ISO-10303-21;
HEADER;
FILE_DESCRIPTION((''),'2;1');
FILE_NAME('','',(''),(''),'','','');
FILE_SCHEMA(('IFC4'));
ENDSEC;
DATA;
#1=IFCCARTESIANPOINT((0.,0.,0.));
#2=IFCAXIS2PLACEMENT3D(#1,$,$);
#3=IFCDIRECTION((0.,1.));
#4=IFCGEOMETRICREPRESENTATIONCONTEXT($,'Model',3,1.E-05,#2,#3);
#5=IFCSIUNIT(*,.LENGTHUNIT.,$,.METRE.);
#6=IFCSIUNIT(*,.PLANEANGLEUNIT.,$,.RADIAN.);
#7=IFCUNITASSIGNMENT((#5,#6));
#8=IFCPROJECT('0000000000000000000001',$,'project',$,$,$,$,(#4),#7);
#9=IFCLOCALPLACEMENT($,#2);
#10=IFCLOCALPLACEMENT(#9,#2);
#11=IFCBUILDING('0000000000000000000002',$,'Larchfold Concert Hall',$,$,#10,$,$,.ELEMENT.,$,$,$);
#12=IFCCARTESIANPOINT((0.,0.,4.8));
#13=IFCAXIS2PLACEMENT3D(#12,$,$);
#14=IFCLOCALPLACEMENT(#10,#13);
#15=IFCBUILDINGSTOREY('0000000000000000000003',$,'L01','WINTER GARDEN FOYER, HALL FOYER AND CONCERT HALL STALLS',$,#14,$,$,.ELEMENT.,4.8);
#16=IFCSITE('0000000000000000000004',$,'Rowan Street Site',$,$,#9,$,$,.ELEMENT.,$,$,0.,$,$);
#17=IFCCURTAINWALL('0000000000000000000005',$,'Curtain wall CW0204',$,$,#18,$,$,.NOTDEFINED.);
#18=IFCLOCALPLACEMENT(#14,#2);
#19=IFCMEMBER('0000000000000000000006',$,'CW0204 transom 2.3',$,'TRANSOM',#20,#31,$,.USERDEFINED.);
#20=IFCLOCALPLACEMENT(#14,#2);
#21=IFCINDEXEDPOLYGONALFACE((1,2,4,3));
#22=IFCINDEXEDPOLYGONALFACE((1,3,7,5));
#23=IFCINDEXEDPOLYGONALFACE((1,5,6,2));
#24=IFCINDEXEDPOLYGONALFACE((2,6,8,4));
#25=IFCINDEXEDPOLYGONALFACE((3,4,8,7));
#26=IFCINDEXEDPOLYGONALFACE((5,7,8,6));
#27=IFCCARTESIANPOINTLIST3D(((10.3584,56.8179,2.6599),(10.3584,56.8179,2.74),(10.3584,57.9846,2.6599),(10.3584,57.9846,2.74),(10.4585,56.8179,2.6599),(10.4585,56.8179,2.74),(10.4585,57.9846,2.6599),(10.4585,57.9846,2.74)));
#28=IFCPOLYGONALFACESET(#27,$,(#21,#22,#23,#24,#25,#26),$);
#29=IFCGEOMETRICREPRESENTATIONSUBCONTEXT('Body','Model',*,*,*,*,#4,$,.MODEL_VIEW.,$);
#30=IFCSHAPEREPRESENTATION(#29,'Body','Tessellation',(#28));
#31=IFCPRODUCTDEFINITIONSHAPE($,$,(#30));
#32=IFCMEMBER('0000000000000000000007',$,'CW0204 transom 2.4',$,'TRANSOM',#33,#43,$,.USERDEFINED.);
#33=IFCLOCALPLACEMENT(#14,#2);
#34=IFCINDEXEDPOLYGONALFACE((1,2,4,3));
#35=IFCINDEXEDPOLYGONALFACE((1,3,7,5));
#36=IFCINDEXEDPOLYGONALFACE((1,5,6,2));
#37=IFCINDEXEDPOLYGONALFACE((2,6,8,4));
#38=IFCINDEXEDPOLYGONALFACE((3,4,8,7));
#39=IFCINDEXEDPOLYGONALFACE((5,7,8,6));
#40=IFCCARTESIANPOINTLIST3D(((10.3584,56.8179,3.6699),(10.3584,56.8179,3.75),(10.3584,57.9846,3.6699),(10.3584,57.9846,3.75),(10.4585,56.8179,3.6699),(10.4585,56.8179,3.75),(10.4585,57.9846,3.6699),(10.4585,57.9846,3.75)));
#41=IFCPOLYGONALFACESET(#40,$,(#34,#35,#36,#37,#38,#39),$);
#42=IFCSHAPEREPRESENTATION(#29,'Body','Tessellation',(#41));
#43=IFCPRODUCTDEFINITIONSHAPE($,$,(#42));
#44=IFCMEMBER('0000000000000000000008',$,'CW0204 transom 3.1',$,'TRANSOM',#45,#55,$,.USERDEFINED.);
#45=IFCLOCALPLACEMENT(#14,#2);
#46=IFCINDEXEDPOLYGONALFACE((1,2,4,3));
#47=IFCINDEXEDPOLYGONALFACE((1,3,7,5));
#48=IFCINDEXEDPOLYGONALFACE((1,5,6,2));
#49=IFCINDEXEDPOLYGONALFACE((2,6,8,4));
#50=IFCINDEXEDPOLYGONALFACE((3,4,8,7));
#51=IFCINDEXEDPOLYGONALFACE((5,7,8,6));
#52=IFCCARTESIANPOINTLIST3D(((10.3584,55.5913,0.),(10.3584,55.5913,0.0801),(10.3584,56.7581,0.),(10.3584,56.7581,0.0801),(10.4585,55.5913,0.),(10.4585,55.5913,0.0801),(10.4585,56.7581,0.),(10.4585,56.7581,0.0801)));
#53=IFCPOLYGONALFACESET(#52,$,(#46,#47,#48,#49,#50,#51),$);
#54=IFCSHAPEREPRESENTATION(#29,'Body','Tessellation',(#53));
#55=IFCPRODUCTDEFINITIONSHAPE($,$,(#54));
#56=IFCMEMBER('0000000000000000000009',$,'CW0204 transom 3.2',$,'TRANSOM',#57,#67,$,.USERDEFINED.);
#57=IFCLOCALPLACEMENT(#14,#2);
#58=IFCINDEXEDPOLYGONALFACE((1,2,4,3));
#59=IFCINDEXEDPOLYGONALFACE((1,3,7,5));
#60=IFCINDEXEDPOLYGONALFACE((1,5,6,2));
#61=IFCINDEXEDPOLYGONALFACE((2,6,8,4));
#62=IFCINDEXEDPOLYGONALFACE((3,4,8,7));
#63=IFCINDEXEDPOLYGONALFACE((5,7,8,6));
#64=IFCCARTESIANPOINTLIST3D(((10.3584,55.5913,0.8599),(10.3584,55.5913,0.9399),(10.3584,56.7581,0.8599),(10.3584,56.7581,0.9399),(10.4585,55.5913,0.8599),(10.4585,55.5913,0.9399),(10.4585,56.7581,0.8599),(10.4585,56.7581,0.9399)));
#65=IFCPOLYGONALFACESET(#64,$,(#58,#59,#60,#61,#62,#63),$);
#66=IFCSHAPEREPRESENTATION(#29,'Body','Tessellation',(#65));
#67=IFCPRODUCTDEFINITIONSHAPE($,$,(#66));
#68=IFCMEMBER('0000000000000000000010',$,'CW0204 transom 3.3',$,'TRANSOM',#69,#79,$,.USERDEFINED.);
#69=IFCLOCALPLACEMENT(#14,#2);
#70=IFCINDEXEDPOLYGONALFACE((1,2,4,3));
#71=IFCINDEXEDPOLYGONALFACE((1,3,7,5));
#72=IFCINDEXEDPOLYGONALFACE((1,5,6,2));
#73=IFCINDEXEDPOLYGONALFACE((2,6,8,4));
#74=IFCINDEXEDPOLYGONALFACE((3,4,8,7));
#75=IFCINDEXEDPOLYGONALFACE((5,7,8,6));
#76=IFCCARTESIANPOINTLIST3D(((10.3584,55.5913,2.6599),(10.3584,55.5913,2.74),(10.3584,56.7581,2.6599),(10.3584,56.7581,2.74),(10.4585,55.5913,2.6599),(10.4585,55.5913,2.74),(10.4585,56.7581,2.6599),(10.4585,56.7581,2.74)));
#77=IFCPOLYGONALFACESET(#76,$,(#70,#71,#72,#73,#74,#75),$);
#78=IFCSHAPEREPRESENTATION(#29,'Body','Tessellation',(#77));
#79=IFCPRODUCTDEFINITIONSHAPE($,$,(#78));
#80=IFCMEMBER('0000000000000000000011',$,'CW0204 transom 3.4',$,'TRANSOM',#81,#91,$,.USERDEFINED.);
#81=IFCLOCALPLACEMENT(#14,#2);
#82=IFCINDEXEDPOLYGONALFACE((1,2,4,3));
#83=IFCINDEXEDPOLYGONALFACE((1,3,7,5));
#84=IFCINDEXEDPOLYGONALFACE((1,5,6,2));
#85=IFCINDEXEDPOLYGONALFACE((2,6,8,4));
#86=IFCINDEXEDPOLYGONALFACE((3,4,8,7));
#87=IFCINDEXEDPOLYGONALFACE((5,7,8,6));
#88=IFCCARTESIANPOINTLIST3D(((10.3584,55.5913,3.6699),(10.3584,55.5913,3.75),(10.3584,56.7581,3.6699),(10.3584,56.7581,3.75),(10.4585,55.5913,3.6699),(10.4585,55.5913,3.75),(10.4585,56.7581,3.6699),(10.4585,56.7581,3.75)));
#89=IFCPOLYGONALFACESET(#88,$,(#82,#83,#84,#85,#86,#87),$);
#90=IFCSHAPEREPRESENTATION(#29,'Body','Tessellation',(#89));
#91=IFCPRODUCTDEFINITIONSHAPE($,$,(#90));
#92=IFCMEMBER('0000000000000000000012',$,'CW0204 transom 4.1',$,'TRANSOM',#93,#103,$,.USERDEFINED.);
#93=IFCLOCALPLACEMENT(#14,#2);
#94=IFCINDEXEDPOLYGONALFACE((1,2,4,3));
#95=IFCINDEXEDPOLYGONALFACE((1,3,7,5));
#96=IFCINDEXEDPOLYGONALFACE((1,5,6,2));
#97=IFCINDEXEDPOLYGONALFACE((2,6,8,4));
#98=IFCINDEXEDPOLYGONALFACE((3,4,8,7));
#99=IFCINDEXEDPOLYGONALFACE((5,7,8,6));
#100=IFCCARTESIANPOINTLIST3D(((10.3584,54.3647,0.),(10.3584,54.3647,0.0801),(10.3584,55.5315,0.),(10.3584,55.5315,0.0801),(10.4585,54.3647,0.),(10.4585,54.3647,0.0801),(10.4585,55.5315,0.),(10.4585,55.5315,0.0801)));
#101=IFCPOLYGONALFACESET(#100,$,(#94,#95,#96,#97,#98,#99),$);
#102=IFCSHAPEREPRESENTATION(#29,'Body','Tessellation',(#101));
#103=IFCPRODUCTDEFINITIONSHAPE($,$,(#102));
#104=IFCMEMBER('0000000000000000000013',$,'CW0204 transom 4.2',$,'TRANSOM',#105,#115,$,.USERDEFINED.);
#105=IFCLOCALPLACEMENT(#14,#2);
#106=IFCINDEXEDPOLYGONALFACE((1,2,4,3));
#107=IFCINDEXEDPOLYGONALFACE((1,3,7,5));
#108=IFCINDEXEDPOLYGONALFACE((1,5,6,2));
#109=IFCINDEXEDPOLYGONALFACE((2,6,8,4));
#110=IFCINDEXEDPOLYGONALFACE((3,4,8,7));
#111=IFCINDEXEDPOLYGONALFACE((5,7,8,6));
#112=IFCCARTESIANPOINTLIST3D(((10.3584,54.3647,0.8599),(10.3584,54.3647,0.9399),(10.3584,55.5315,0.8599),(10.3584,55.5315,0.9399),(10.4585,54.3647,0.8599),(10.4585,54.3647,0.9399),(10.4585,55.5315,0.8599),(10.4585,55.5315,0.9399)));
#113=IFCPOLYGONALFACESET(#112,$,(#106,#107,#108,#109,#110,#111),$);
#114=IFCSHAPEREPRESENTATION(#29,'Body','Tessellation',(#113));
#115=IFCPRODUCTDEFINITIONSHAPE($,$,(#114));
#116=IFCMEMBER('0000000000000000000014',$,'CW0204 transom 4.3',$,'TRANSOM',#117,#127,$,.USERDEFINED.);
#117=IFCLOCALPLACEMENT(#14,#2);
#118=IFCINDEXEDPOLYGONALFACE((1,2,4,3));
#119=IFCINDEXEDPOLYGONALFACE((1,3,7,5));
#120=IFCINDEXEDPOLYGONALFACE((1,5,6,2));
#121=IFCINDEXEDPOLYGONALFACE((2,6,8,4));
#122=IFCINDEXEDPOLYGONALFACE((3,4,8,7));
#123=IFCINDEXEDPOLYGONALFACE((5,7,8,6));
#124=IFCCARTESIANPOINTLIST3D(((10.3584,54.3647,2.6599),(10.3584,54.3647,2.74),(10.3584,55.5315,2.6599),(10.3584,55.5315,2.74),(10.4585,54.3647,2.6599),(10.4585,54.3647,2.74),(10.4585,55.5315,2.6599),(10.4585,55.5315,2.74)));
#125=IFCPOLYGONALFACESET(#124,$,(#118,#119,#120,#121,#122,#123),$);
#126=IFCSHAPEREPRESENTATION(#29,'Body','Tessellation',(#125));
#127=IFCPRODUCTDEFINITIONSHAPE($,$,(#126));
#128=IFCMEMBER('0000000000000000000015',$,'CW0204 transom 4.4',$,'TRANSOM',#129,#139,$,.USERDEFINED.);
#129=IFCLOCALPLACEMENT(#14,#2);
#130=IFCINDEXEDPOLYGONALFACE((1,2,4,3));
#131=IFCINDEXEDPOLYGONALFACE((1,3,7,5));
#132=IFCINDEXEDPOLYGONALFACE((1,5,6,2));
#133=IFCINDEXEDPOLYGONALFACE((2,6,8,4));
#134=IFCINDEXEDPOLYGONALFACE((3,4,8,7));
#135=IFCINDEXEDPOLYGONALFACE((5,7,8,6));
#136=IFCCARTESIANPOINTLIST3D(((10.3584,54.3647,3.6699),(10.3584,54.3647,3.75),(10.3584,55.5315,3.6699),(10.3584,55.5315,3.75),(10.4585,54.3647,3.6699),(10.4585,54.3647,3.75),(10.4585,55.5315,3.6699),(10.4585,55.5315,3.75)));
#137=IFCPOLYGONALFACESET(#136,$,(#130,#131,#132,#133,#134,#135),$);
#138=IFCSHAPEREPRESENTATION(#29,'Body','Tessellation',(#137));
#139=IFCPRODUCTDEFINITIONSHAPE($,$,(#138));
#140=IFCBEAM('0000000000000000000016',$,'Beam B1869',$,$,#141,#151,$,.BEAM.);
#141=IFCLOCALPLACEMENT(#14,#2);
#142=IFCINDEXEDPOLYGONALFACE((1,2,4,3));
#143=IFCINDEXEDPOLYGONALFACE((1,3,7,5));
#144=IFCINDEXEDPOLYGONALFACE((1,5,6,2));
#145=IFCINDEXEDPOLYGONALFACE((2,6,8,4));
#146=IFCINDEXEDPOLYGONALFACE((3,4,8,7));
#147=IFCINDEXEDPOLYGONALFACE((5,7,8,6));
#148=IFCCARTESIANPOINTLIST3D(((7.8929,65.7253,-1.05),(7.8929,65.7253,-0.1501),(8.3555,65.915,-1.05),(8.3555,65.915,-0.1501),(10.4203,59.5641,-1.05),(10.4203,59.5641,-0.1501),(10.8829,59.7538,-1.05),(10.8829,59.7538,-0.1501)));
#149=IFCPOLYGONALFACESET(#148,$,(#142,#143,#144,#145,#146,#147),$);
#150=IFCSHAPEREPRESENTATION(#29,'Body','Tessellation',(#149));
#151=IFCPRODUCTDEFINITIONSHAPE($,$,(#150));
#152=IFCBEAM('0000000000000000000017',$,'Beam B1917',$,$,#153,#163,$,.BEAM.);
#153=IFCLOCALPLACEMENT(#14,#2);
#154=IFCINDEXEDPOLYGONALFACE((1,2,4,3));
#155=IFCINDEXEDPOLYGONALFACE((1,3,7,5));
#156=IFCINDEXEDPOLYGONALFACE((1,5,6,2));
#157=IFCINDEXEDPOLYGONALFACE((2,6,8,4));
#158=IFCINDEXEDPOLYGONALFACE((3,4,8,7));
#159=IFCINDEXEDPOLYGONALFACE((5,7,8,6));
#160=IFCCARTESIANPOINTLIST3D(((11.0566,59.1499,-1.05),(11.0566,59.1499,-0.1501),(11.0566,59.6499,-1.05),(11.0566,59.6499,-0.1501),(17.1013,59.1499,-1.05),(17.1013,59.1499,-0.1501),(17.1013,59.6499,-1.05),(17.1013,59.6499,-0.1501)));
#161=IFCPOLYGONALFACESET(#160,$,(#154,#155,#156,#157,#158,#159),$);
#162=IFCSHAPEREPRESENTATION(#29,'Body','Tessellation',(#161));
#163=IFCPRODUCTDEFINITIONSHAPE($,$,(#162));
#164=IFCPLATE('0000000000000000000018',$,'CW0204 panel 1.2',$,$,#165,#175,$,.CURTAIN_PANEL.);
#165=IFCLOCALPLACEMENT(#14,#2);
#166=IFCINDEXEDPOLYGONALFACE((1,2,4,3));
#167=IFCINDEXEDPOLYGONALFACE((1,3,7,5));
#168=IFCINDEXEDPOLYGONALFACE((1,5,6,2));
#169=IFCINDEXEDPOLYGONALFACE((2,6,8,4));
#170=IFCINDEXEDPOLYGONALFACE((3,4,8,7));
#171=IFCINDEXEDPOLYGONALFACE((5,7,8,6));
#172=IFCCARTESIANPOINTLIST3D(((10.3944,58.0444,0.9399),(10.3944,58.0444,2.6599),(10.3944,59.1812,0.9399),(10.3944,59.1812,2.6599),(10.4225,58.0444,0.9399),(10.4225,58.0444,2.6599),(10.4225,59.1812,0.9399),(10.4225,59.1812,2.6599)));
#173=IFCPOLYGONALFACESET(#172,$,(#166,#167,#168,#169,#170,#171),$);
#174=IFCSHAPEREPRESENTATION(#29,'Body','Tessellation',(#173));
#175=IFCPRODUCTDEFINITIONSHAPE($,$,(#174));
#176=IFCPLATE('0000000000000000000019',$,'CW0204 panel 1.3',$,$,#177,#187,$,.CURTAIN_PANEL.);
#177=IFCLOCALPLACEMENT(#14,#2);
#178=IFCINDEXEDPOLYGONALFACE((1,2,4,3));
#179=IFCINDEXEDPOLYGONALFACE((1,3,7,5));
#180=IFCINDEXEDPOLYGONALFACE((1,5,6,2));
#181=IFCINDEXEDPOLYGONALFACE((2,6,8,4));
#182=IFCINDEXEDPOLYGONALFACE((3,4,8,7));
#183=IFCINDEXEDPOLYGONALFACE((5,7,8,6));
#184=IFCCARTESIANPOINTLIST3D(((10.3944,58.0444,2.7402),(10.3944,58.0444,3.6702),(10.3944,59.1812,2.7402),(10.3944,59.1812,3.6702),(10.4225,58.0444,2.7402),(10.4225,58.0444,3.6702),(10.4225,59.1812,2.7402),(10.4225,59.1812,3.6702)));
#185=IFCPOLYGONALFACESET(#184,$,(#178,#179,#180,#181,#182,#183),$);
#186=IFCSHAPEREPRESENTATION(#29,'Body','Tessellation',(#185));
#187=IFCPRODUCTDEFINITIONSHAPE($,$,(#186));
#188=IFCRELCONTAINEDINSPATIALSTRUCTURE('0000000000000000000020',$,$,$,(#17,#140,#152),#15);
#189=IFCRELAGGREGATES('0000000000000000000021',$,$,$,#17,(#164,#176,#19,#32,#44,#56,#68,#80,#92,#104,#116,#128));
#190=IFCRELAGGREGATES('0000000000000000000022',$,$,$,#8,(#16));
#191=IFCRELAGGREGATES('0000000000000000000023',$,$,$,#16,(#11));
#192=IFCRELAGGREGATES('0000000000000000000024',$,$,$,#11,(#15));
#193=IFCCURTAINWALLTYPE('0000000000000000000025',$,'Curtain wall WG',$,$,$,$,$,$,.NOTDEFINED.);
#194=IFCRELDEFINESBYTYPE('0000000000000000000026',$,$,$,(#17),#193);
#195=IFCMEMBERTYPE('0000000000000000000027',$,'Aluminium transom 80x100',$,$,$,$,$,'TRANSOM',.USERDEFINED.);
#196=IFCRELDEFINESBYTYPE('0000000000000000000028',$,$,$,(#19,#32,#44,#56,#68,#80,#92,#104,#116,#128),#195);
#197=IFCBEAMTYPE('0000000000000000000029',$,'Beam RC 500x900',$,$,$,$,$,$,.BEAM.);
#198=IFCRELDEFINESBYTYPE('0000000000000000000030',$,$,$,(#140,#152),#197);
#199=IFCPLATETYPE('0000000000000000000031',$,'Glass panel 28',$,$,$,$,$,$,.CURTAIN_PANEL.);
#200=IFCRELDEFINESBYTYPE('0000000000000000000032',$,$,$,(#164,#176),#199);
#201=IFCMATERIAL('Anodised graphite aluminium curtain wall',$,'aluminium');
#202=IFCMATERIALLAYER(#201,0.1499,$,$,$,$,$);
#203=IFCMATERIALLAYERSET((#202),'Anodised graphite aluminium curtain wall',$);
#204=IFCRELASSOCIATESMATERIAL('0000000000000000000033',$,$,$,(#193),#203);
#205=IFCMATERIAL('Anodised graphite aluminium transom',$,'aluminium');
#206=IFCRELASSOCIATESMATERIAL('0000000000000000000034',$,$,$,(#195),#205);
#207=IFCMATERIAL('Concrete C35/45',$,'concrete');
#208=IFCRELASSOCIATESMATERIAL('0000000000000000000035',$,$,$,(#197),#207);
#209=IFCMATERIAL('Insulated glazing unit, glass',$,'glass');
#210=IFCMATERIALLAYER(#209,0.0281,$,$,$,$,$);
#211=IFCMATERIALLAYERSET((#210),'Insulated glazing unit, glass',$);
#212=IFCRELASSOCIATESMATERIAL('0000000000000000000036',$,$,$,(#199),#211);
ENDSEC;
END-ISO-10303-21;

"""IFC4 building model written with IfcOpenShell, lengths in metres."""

from ifc_helpers import new_model, si_unit, direction, frame, origin, origin_2d, place, context, subcontext, project, spatial, rectangle, extrude, material, layer, layer_set, material_profile, profile_set, type_object, element, aggregate, save


model = new_model("IFC4")

# Units and contexts
model_context = context("Model", 3, precision=1e-05, world=origin(), true_north=direction((0.0, 1.0)))
body_context = subcontext(model_context, "Body", "Model", "MODEL_VIEW")
ifc_project = project(units=[si_unit("LENGTHUNIT", "METRE"), si_unit("PLANEANGLEUNIT", "RADIAN")], contexts=[model_context])

# Site, building, storey
site_placement = place(None, origin())
site = spatial("IfcSite", under=ifc_project, at=site_placement, Name="Rowan Street Site", CompositionType="ELEMENT", RefElevation=0.0)
building_placement = place(site_placement, origin())
building = spatial("IfcBuilding", under=site, at=building_placement, Name="Larchfold Concert Hall", CompositionType="ELEMENT")
storey_placement = place(building_placement, frame((0.0, 0.0, 4.8)))
storey = spatial("IfcBuildingStorey", under=building, at=storey_placement, Name="L01", Description="WINTER GARDEN FOYER, HALL FOYER AND CONCERT HALL STALLS", CompositionType="ELEMENT", Elevation=4.8)

# Shared definitions
ifc_material_1 = material(Name="Anodised graphite aluminium curtain wall", Category="aluminium")
ifc_layer_1 = layer(ifc_material_1, 0.1499)
ifc_layer_set_1 = layer_set([ifc_layer_1], Name="Anodised graphite aluminium curtain wall")
curtain_wall_type = type_object("IfcCurtainWallType", Name="Curtain wall WG", PredefinedType="NOTDEFINED", material=ifc_layer_set_1)

# Curtain wall, members
curtain_wall_1_placement = place(storey_placement, origin())
curtain_wall_1 = element("IfcCurtainWall", 1, at=curtain_wall_1_placement, inside=storey, type_object=curtain_wall_type, Name="Curtain wall CW0204", PredefinedType="NOTDEFINED")
ifc_material_2 = material(Name="Anodised graphite aluminium transom", Category="aluminium")
ifc_material_profile_1 = material_profile(ifc_material_2, rectangle(XDim=0.1001, YDim=0.0801, at=origin_2d()))
ifc_profile_set_1 = profile_set([ifc_material_profile_1], Name="Anodised graphite aluminium transom")
member_type_1 = type_object("IfcMemberType", Name="Aluminium transom 80x100", ElementType="TRANSOM", PredefinedType="USERDEFINED", material=ifc_profile_set_1)
member_1_placement = place(storey_placement, frame((10.4084, 57.9846, 2.7), z_axis=(0.0, -1.0, 0.0), x_axis=(1.0, 0.0, 0.0)))
member_1 = element("IfcMember", 2, at=member_1_placement, type_object=member_type_1, Name="CW0204 transom 2.3", ObjectType="TRANSOM", PredefinedType="USERDEFINED", context=body_context, shape_type="SweptSolid", body=[
    extrude(rectangle(XDim=0.1001, YDim=0.0801, at=origin_2d()), origin(), (0.0, 0.0, 1.0), 1.1667),
])
member_2_placement = place(storey_placement, frame((10.4084, 57.9846, 3.71), z_axis=(0.0, -1.0, 0.0), x_axis=(1.0, 0.0, 0.0)))
member_2 = element("IfcMember", 3, at=member_2_placement, type_object=member_type_1, Name="CW0204 transom 2.4", ObjectType="TRANSOM", PredefinedType="USERDEFINED", context=body_context, shape_type="SweptSolid", body=[
    extrude(rectangle(XDim=0.1001, YDim=0.0801, at=origin_2d()), origin(), (0.0, 0.0, 1.0), 1.1667),
])
member_3_placement = place(storey_placement, frame((10.4084, 56.7581, 0.04), z_axis=(0.0, -1.0, 0.0), x_axis=(1.0, 0.0, 0.0)))
member_3 = element("IfcMember", 4, at=member_3_placement, type_object=member_type_1, Name="CW0204 transom 3.1", ObjectType="TRANSOM", PredefinedType="USERDEFINED", context=body_context, shape_type="SweptSolid", body=[
    extrude(rectangle(XDim=0.1001, YDim=0.0801, at=origin_2d()), origin(), (0.0, 0.0, 1.0), 1.1667),
])
member_4_placement = place(storey_placement, frame((10.4084, 56.7581, 0.8999), z_axis=(0.0, -1.0, 0.0), x_axis=(1.0, 0.0, 0.0)))
member_4 = element("IfcMember", 5, at=member_4_placement, type_object=member_type_1, Name="CW0204 transom 3.2", ObjectType="TRANSOM", PredefinedType="USERDEFINED", context=body_context, shape_type="SweptSolid", body=[
    extrude(rectangle(XDim=0.1001, YDim=0.0801, at=origin_2d()), origin(), (0.0, 0.0, 1.0), 1.1667),
])
member_5_placement = place(storey_placement, frame((10.4084, 56.7581, 2.7), z_axis=(0.0, -1.0, 0.0), x_axis=(1.0, 0.0, 0.0)))
member_5 = element("IfcMember", 6, at=member_5_placement, type_object=member_type_1, Name="CW0204 transom 3.3", ObjectType="TRANSOM", PredefinedType="USERDEFINED", context=body_context, shape_type="SweptSolid", body=[
    extrude(rectangle(XDim=0.1001, YDim=0.0801, at=origin_2d()), origin(), (0.0, 0.0, 1.0), 1.1667),
])
member_6_placement = place(storey_placement, frame((10.4084, 56.7581, 3.71), z_axis=(0.0, -1.0, 0.0), x_axis=(1.0, 0.0, 0.0)))
member_6 = element("IfcMember", 7, at=member_6_placement, type_object=member_type_1, Name="CW0204 transom 3.4", ObjectType="TRANSOM", PredefinedType="USERDEFINED", context=body_context, shape_type="SweptSolid", body=[
    extrude(rectangle(XDim=0.1001, YDim=0.0801, at=origin_2d()), origin(), (0.0, 0.0, 1.0), 1.1667),
])
member_7_placement = place(storey_placement, frame((10.4084, 55.5315, 0.04), z_axis=(0.0, -1.0, 0.0), x_axis=(1.0, 0.0, 0.0)))
member_7 = element("IfcMember", 8, at=member_7_placement, type_object=member_type_1, Name="CW0204 transom 4.1", ObjectType="TRANSOM", PredefinedType="USERDEFINED", context=body_context, shape_type="SweptSolid", body=[
    extrude(rectangle(XDim=0.1001, YDim=0.0801, at=origin_2d()), origin(), (0.0, 0.0, 1.0), 1.1667),
])
member_8_placement = place(storey_placement, frame((10.4084, 55.5315, 0.8999), z_axis=(0.0, -1.0, 0.0), x_axis=(1.0, 0.0, 0.0)))
member_8 = element("IfcMember", 9, at=member_8_placement, type_object=member_type_1, Name="CW0204 transom 4.2", ObjectType="TRANSOM", PredefinedType="USERDEFINED", context=body_context, shape_type="SweptSolid", body=[
    extrude(rectangle(XDim=0.1001, YDim=0.0801, at=origin_2d()), origin(), (0.0, 0.0, 1.0), 1.1667),
])
member_9_placement = place(storey_placement, frame((10.4084, 55.5315, 2.7), z_axis=(0.0, -1.0, 0.0), x_axis=(1.0, 0.0, 0.0)))
member_9 = element("IfcMember", 10, at=member_9_placement, type_object=member_type_1, Name="CW0204 transom 4.3", ObjectType="TRANSOM", PredefinedType="USERDEFINED", context=body_context, shape_type="SweptSolid", body=[
    extrude(rectangle(XDim=0.1001, YDim=0.0801, at=origin_2d()), origin(), (0.0, 0.0, 1.0), 1.1667),
])
member_10_placement = place(storey_placement, frame((10.4084, 55.5315, 3.71), z_axis=(0.0, -1.0, 0.0), x_axis=(1.0, 0.0, 0.0)))
member_10 = element("IfcMember", 11, at=member_10_placement, type_object=member_type_1, Name="CW0204 transom 4.4", ObjectType="TRANSOM", PredefinedType="USERDEFINED", context=body_context, shape_type="SweptSolid", body=[
    extrude(rectangle(XDim=0.1001, YDim=0.0801, at=origin_2d()), origin(), (0.0, 0.0, 1.0), 1.1667),
])

# Beams
ifc_material_3 = material(Name="Concrete C35/45", Category="concrete")
ifc_material_profile_2 = material_profile(ifc_material_3, rectangle(XDim=0.5, YDim=0.8999, at=origin_2d()))
ifc_profile_set_2 = profile_set([ifc_material_profile_2], Name="Concrete C35/45")
beam_type = type_object("IfcBeamType", Name="Beam RC 500x900", PredefinedType="BEAM", material=ifc_profile_set_2)
beam_1_placement = place(storey_placement, frame((10.6516, 59.6589, -0.6001), z_axis=(-0.379518, 0.925184, 0.0), x_axis=(-0.925184, -0.379518, 0.0)))
element("IfcBeam", 12, at=beam_1_placement, inside=storey, type_object=beam_type, Name="Beam B1869", PredefinedType="BEAM", context=body_context, shape_type="SweptSolid", body=[
    extrude(rectangle(XDim=0.5, YDim=0.8999, at=origin_2d()), origin(), (0.0, 0.0, 1.0), 6.6594),
])
beam_2_placement = place(storey_placement, frame((11.0566, 59.3999, -0.6001), z_axis=(1.0, 0.0, 0.0), x_axis=(0.0, 1.0, 0.0)))
element("IfcBeam", 13, at=beam_2_placement, inside=storey, type_object=beam_type, Name="Beam B1917", PredefinedType="BEAM", context=body_context, shape_type="SweptSolid", body=[
    extrude(rectangle(XDim=0.5, YDim=0.8999, at=origin_2d()), origin(), (0.0, 0.0, 1.0), 6.0447),
])

# Plates
ifc_material_4 = material(Name="Insulated glazing unit, glass", Category="glass")
ifc_layer_2 = layer(ifc_material_4, 0.0281)
ifc_layer_set_2 = layer_set([ifc_layer_2], Name="Insulated glazing unit, glass")
plate_type_1 = type_object("IfcPlateType", Name="Glass panel 28", PredefinedType="CURTAIN_PANEL", material=ifc_layer_set_2)
plate_1_placement = place(storey_placement, frame((10.4084, 58.6128, 0.9399), z_axis=(0.0, 0.0, 1.0), x_axis=(0.0, -1.0, 0.0)))
plate_1 = element("IfcPlate", 14, at=plate_1_placement, type_object=plate_type_1, Name="CW0204 panel 1.2", PredefinedType="CURTAIN_PANEL", context=body_context, shape_type="SweptSolid", body=[
    extrude(rectangle(XDim=1.1367, YDim=0.0281, at=origin_2d()), origin(), (0.0, 0.0, 1.0), 1.72),
])
plate_2_placement = place(storey_placement, frame((10.4084, 58.6128, 2.7402), z_axis=(0.0, 0.0, 1.0), x_axis=(0.0, -1.0, 0.0)))
plate_2 = element("IfcPlate", 15, at=plate_2_placement, type_object=plate_type_1, Name="CW0204 panel 1.3", PredefinedType="CURTAIN_PANEL", context=body_context, shape_type="SweptSolid", body=[
    extrude(rectangle(XDim=1.1367, YDim=0.0281, at=origin_2d()), origin(), (0.0, 0.0, 1.0), 0.9299),
])
aggregate(curtain_wall_1, [plate_1, plate_2, member_1, member_2, member_3, member_4, member_5, member_6, member_7, member_8, member_9, member_10])

save(model, "model.ifc")
